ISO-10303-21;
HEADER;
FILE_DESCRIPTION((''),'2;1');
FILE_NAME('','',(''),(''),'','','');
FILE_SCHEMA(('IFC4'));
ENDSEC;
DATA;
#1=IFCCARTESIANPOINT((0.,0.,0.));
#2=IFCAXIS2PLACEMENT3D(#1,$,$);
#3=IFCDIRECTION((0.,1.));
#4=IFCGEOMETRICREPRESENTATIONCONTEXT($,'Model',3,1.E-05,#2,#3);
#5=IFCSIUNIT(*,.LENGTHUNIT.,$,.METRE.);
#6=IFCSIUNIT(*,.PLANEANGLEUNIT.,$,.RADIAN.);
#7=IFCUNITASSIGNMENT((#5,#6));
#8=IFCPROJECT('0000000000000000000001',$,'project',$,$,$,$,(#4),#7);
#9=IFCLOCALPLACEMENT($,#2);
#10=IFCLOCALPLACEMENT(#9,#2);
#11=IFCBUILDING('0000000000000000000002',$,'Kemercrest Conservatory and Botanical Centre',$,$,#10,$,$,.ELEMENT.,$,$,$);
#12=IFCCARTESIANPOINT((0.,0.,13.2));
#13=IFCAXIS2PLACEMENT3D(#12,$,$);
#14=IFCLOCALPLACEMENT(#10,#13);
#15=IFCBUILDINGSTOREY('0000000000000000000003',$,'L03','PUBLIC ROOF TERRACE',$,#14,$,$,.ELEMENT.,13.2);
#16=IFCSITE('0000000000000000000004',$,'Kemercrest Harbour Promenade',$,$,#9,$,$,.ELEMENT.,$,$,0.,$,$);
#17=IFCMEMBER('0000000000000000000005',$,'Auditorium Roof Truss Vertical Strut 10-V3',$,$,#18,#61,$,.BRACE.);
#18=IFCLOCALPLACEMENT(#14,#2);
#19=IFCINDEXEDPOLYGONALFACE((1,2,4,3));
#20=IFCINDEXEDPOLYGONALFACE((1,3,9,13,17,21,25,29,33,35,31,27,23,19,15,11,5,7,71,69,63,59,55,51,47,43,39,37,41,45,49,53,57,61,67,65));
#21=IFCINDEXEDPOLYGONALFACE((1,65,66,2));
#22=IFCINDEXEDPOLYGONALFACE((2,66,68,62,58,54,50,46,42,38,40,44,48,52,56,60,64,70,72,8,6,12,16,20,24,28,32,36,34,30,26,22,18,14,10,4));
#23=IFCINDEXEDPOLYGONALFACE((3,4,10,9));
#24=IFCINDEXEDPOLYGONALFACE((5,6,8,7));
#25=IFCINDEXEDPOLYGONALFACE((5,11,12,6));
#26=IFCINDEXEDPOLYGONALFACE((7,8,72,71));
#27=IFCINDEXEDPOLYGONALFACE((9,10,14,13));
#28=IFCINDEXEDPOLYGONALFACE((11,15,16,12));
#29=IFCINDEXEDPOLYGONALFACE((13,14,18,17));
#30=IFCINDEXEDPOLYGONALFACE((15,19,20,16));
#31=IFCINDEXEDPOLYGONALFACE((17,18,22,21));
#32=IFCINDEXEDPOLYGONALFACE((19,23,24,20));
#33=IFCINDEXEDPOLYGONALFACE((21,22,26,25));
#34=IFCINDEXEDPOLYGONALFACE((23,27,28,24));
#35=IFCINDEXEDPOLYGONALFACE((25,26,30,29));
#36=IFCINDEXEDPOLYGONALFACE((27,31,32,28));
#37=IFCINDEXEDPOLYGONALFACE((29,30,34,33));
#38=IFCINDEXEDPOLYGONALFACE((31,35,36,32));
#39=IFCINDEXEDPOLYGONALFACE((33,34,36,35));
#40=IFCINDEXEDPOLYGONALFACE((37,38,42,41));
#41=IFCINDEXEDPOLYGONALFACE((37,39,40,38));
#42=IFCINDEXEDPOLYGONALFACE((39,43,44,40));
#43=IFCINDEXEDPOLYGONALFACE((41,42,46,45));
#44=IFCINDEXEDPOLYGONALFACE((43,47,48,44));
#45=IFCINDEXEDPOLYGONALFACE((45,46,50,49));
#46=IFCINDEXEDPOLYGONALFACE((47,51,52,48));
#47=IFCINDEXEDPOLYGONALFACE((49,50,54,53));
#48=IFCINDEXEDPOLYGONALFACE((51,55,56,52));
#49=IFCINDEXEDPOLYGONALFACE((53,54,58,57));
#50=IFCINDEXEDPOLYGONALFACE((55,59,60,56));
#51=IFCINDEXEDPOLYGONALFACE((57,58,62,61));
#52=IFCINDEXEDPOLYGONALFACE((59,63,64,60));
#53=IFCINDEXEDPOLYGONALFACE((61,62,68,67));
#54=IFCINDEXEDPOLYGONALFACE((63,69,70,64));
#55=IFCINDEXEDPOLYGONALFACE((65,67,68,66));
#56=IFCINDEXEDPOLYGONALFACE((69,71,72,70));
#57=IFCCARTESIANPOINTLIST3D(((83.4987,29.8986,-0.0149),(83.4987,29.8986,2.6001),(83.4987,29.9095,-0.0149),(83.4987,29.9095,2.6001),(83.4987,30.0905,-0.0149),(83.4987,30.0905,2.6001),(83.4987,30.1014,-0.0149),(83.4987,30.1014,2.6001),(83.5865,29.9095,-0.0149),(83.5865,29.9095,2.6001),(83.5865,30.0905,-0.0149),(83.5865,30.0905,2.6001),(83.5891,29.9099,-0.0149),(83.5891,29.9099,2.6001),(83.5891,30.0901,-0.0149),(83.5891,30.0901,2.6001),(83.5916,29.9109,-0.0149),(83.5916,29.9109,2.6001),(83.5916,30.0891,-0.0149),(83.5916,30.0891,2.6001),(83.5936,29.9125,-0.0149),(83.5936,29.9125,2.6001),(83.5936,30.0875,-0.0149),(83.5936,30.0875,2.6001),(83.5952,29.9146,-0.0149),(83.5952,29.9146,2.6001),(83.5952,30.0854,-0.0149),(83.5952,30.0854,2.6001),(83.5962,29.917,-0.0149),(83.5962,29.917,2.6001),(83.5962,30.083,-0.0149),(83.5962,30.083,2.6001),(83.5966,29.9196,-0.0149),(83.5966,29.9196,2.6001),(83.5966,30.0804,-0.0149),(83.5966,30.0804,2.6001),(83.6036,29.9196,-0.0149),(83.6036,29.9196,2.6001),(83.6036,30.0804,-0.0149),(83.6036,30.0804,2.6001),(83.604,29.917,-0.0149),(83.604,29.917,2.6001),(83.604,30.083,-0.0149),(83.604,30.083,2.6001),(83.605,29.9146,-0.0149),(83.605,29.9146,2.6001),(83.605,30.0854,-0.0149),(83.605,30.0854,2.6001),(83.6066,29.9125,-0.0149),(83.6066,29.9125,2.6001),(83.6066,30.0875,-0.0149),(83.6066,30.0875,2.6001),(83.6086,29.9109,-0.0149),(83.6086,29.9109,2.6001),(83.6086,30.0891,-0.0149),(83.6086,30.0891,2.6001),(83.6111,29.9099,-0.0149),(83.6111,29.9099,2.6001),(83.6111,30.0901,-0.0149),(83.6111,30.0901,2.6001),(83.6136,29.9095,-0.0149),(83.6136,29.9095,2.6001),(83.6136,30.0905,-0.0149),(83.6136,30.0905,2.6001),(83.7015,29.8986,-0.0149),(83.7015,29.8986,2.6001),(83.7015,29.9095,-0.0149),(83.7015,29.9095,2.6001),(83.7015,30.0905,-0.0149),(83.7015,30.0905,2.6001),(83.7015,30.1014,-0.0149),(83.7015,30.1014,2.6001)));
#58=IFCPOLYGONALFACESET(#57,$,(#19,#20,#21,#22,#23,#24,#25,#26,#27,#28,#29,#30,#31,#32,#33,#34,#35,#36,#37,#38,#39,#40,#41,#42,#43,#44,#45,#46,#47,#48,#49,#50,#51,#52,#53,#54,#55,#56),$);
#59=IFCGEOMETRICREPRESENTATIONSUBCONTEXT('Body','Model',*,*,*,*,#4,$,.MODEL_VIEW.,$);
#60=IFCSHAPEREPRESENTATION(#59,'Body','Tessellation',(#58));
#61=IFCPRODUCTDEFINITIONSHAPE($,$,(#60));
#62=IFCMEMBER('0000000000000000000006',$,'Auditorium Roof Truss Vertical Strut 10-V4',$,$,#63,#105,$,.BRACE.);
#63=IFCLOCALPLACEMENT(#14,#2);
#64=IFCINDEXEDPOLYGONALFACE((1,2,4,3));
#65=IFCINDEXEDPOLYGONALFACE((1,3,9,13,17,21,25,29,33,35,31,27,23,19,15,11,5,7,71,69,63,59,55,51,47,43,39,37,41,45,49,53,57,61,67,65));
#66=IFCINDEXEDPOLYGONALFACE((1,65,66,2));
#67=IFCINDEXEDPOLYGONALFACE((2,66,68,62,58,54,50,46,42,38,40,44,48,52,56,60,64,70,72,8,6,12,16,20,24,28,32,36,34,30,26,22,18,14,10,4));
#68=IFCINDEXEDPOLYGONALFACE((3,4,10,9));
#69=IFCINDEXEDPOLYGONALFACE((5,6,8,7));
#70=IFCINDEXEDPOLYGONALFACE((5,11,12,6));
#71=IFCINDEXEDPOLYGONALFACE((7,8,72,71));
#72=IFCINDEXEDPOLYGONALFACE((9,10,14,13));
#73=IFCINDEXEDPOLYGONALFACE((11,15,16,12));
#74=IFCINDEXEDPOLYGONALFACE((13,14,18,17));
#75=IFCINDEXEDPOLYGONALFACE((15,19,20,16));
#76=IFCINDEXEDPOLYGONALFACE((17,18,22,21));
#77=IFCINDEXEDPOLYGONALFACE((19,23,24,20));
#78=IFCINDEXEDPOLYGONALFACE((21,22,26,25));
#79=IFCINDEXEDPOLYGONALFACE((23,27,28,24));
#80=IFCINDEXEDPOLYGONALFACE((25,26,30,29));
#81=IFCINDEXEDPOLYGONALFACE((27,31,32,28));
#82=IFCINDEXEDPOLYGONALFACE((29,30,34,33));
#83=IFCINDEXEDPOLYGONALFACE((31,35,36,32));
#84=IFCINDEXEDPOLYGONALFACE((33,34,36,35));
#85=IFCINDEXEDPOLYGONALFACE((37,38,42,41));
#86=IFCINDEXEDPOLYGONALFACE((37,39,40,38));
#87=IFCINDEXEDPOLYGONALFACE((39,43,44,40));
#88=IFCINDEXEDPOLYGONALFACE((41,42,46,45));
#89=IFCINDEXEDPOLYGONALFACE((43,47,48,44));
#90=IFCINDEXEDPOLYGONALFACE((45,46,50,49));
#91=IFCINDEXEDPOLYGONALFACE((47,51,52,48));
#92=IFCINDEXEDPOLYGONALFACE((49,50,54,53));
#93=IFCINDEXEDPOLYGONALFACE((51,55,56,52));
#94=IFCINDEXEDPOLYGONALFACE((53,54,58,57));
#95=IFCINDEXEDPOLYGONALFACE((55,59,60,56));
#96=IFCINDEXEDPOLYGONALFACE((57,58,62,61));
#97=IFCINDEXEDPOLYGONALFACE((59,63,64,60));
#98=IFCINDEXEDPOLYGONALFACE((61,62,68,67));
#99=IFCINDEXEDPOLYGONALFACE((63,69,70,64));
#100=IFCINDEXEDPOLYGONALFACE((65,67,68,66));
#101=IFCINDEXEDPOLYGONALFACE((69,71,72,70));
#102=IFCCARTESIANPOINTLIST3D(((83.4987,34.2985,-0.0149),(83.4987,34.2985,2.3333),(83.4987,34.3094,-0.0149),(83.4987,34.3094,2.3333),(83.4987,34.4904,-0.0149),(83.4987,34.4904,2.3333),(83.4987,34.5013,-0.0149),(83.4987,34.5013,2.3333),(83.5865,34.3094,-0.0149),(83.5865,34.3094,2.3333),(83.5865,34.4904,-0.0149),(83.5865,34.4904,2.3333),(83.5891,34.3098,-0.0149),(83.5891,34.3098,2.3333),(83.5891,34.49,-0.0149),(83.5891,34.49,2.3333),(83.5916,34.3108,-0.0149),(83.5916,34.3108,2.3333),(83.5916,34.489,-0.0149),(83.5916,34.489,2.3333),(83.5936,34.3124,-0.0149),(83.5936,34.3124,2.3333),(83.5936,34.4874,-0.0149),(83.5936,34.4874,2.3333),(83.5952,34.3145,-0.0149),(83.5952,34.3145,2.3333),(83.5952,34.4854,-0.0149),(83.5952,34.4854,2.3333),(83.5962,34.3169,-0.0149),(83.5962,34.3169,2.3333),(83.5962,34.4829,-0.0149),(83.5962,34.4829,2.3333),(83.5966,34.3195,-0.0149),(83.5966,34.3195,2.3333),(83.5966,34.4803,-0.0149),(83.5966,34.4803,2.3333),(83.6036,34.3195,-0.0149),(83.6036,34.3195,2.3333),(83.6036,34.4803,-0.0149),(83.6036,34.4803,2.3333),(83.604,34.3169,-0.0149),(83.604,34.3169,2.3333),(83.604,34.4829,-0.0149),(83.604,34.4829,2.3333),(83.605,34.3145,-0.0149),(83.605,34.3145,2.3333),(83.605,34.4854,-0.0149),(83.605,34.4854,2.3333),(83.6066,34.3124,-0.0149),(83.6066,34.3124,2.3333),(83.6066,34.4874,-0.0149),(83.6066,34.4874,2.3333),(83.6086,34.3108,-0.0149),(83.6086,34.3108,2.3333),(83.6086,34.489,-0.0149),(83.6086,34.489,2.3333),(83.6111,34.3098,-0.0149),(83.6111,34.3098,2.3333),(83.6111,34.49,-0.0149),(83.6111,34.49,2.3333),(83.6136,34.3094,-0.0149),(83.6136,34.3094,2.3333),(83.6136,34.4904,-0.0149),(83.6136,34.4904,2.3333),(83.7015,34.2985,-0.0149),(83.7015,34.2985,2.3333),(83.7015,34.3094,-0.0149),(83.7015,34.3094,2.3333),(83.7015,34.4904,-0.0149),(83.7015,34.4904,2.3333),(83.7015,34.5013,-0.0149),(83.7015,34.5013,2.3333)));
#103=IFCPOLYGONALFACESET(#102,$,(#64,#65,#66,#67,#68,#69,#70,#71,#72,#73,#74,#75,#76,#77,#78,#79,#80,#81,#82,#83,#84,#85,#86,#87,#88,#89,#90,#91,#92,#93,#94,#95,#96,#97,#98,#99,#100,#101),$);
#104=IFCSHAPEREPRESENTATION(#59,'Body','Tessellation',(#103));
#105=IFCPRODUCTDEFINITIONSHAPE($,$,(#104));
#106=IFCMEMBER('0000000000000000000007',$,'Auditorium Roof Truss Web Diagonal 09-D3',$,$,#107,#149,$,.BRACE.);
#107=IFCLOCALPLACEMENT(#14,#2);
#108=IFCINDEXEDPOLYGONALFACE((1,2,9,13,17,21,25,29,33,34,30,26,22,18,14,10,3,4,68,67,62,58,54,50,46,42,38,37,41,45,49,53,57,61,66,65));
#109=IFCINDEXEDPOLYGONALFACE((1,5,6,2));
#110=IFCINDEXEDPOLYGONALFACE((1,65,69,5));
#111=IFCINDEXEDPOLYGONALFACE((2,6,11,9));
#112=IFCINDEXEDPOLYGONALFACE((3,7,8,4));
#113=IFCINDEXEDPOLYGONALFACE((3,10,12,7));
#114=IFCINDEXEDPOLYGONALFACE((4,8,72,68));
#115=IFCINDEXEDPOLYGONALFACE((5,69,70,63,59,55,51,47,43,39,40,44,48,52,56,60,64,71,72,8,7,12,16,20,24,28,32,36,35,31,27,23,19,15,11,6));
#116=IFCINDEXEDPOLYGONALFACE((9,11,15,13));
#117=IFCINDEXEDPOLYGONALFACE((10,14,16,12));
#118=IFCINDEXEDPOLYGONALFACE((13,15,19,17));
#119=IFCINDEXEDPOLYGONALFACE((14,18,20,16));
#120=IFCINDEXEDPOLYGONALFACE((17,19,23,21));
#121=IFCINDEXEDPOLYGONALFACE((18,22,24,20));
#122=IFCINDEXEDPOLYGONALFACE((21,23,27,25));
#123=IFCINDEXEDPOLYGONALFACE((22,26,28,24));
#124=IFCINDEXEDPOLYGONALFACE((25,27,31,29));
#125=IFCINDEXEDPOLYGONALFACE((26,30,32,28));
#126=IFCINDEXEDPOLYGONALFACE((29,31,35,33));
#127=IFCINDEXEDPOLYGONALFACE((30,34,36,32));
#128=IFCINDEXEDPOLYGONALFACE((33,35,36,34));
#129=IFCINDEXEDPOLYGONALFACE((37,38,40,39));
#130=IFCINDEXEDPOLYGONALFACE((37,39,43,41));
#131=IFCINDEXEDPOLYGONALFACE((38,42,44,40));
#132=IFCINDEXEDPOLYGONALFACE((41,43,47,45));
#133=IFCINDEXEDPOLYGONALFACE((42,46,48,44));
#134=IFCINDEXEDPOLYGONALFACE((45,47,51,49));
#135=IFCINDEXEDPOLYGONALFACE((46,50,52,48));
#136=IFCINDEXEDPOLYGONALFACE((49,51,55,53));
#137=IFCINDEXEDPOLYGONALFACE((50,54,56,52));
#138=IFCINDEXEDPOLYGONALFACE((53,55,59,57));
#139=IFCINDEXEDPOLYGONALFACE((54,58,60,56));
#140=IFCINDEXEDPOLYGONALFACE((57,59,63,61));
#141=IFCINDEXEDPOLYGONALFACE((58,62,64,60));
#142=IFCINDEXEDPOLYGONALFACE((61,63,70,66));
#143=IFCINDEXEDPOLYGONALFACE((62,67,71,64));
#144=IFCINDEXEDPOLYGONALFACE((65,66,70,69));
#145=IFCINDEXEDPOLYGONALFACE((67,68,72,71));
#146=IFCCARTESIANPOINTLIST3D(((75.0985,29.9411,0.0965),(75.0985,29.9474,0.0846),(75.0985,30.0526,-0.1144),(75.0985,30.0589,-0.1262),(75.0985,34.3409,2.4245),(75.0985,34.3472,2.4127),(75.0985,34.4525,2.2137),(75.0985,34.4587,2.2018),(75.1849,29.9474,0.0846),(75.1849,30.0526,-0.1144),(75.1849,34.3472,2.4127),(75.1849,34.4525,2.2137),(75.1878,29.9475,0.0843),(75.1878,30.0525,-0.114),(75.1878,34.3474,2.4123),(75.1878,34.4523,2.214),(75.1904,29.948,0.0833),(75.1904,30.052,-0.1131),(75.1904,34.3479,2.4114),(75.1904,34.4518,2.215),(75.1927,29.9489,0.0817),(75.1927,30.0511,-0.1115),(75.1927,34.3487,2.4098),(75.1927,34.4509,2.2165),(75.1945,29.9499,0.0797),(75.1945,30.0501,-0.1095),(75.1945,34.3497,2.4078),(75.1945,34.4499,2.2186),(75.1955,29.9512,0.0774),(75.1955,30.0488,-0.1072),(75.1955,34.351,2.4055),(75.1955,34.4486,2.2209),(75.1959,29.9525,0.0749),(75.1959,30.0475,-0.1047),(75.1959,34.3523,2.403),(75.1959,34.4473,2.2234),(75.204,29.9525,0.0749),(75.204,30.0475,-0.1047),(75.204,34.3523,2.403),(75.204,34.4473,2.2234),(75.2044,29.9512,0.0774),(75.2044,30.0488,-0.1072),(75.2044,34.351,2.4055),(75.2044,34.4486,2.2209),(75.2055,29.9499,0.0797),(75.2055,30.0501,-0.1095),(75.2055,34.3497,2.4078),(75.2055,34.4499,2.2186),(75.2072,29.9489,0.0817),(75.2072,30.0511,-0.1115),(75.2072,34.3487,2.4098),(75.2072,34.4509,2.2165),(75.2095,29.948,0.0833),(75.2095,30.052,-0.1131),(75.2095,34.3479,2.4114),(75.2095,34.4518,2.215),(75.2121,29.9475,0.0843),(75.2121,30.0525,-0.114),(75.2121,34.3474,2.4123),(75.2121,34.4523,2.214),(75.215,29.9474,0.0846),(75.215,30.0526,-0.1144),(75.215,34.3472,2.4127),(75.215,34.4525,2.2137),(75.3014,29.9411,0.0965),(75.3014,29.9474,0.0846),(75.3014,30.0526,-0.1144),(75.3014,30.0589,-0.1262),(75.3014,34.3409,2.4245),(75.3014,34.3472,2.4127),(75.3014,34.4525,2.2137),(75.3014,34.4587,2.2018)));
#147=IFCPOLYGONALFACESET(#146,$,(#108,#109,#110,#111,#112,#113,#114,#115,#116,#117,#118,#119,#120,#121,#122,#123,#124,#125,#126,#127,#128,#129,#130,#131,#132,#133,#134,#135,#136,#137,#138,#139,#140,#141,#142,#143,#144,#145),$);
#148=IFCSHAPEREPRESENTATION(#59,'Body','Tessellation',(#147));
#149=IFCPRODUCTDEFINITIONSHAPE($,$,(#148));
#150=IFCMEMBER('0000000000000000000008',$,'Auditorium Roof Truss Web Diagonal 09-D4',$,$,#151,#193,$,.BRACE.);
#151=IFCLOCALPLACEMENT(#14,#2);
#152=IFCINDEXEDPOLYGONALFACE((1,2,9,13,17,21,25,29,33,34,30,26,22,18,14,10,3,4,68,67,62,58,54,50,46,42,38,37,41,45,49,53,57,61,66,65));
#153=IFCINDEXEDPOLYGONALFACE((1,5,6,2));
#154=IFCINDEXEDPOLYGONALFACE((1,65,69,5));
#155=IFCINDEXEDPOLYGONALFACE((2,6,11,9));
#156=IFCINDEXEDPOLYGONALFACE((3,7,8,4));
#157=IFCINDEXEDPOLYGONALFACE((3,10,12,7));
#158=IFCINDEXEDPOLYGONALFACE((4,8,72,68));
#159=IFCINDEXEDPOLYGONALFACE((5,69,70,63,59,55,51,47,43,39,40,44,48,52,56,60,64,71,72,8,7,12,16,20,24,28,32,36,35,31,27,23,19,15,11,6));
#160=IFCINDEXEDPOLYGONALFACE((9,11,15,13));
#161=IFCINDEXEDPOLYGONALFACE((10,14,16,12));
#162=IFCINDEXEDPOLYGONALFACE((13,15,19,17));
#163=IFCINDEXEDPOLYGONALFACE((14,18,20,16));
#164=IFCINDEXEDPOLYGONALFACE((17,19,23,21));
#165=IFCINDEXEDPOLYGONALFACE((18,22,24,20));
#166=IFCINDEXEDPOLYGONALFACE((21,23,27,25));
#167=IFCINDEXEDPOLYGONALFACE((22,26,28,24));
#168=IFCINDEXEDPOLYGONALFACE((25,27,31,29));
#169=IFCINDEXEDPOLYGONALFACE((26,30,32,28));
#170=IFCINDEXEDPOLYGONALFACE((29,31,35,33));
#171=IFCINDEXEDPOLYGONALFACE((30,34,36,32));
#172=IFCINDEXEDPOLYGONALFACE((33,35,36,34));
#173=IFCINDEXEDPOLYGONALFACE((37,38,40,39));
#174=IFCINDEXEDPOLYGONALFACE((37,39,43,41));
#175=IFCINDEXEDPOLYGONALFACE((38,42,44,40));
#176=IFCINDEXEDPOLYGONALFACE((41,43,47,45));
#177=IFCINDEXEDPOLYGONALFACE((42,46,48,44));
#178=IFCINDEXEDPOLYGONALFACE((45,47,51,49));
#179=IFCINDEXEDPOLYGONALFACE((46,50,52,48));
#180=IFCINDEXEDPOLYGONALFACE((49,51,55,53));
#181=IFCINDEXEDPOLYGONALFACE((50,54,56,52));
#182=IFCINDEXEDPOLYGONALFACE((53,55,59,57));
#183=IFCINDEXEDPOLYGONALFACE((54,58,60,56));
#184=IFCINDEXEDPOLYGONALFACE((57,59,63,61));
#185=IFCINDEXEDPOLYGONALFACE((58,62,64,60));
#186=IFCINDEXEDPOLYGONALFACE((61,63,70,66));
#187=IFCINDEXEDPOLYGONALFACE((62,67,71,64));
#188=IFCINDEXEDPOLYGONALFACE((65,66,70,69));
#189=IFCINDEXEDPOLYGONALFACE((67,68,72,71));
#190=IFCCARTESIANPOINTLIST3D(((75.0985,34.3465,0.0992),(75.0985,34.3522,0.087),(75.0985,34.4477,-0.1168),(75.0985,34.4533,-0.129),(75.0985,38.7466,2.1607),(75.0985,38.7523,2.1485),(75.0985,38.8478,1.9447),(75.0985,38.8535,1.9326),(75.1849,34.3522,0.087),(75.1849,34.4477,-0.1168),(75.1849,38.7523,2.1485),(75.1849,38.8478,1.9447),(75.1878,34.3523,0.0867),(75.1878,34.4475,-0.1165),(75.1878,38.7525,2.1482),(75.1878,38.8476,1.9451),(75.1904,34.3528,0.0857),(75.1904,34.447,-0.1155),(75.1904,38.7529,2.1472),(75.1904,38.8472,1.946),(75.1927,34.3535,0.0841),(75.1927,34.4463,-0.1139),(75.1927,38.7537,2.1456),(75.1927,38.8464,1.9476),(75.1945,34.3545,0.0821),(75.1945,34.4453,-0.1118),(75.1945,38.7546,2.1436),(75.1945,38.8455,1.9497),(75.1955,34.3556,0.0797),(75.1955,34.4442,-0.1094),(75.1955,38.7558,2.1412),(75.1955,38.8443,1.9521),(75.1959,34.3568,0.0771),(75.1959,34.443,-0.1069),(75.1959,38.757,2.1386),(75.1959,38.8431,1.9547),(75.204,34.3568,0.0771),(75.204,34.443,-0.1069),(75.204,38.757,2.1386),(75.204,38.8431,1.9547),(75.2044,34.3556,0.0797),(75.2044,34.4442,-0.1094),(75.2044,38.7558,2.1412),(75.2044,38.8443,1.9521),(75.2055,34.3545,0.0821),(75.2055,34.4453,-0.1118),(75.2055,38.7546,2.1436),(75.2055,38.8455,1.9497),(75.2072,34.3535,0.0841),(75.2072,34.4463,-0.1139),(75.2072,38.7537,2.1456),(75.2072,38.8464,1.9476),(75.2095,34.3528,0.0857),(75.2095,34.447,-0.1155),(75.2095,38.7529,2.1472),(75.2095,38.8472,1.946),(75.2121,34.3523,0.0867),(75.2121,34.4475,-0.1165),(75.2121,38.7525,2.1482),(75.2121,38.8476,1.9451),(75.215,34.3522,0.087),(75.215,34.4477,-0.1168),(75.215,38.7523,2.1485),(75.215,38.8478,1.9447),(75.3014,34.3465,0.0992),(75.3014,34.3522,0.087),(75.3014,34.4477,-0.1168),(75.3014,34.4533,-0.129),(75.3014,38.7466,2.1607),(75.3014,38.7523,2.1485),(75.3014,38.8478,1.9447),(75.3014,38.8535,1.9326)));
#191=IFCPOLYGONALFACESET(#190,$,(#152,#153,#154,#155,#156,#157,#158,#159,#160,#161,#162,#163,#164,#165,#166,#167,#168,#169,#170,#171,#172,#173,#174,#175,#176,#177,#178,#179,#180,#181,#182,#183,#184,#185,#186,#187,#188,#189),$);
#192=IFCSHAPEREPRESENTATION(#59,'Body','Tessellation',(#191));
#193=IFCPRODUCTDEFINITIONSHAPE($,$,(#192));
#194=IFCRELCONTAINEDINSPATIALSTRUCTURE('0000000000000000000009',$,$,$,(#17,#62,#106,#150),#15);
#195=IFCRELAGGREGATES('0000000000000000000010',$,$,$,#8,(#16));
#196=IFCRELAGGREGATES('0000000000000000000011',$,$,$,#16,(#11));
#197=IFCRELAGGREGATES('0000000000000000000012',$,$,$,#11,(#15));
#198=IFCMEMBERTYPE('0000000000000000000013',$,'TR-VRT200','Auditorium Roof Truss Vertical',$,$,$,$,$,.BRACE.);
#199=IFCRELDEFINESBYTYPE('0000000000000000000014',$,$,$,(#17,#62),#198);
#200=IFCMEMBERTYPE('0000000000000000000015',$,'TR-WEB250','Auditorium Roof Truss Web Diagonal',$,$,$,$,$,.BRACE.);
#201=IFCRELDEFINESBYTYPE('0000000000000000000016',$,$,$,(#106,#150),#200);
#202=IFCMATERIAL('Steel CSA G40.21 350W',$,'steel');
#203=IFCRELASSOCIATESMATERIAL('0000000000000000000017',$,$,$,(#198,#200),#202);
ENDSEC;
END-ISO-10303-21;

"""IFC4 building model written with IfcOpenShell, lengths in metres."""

from ifc_helpers import new_model, si_unit, direction, frame, origin, origin_2d, place, context, subcontext, project, spatial, i_section, extrude, material, material_profile, profile_set, type_object, element, save


model = new_model("IFC4")

# Units and contexts
model_context = context("Model", 3, precision=1e-05, world=origin(), true_north=direction((0.0, 1.0)))
body_context = subcontext(model_context, "Body", "Model", "MODEL_VIEW")
ifc_project = project(units=[si_unit("LENGTHUNIT", "METRE"), si_unit("PLANEANGLEUNIT", "RADIAN")], contexts=[model_context])

# Site, building, storey
site_placement = place(None, origin())
site = spatial("IfcSite", under=ifc_project, at=site_placement, Name="Kemercrest Harbour Promenade", CompositionType="ELEMENT", RefElevation=0.0)
building_placement = place(site_placement, origin())
building = spatial("IfcBuilding", under=site, at=building_placement, Name="Kemercrest Conservatory and Botanical Centre", CompositionType="ELEMENT")
storey_placement = place(building_placement, frame((0.0, 0.0, 13.2)))
storey = spatial("IfcBuildingStorey", under=building, at=storey_placement, Name="L03", Description="PUBLIC ROOF TERRACE", CompositionType="ELEMENT", Elevation=13.2)

# Members
ifc_material = material(Name="Steel CSA G40.21 350W", Category="steel")
ifc_material_profile_1 = material_profile(ifc_material, i_section(OverallWidth=0.2029, OverallDepth=0.2029, WebThickness=0.0071, FlangeThickness=0.011, FilletRadius=0.01, at=origin_2d()), Name="W200X46")
ifc_profile_set_1 = profile_set([ifc_material_profile_1], Name="Steel CSA G40.21 350W")
member_type_1 = type_object("IfcMemberType", Name="TR-VRT200", Description="Auditorium Roof Truss Vertical", PredefinedType="BRACE", material=ifc_profile_set_1)
member_1_placement = place(storey_placement, frame((83.6001, 30.0, -0.0149), z_axis=(0.0, 0.0, 1.0), x_axis=(1.0, 0.0, 0.0)))
element("IfcMember", 1, at=member_1_placement, inside=storey, type_object=member_type_1, Name="Auditorium Roof Truss Vertical Strut 10-V3", PredefinedType="BRACE", context=body_context, shape_type="SweptSolid", body=[
    extrude(i_section(OverallWidth=0.2029, OverallDepth=0.2029, WebThickness=0.0071, FlangeThickness=0.011, FilletRadius=0.01, at=origin_2d()), origin(), (0.0, 0.0, 1.0), 2.615),
])
member_2_placement = place(storey_placement, frame((83.6001, 34.3999, -0.0149), z_axis=(0.0, 0.0, 1.0), x_axis=(1.0, 0.0, 0.0)))
element("IfcMember", 2, at=member_2_placement, inside=storey, type_object=member_type_1, Name="Auditorium Roof Truss Vertical Strut 10-V4", PredefinedType="BRACE", context=body_context, shape_type="SweptSolid", body=[
    extrude(i_section(OverallWidth=0.2029, OverallDepth=0.2029, WebThickness=0.0071, FlangeThickness=0.011, FilletRadius=0.01, at=origin_2d()), origin(), (0.0, 0.0, 1.0), 2.3481),
])
ifc_material_profile_2 = material_profile(ifc_material, i_section(OverallWidth=0.2029, OverallDepth=0.252, WebThickness=0.0081, FlangeThickness=0.0134, FilletRadius=0.011, at=origin_2d()), Name="W250X58")
ifc_profile_set_2 = profile_set([ifc_material_profile_2], Name="Steel CSA G40.21 350W")
member_type_2 = type_object("IfcMemberType", Name="TR-WEB250", Description="Auditorium Roof Truss Web Diagonal", PredefinedType="BRACE", material=ifc_profile_set_2)
member_3_placement = place(storey_placement, frame((75.2, 30.0, -0.0149), z_axis=(0.0, 0.88389, 0.467694), x_axis=(-1.0, 0.0, 0.0)))
element("IfcMember", 3, at=member_3_placement, inside=storey, type_object=member_type_2, Name="Auditorium Roof Truss Web Diagonal 09-D3", PredefinedType="BRACE", context=body_context, shape_type="SweptSolid", body=[
    extrude(i_section(OverallWidth=0.2029, OverallDepth=0.252, WebThickness=0.0081, FlangeThickness=0.0134, FilletRadius=0.011, at=origin_2d()), origin(), (0.0, 0.0, 1.0), 4.9778),
])
member_4_placement = place(storey_placement, frame((75.2, 34.3999, -0.0149), z_axis=(0.0, 0.905542, 0.424258), x_axis=(-1.0, 0.0, 0.0)))
element("IfcMember", 4, at=member_4_placement, inside=storey, type_object=member_type_2, Name="Auditorium Roof Truss Web Diagonal 09-D4", PredefinedType="BRACE", context=body_context, shape_type="SweptSolid", body=[
    extrude(i_section(OverallWidth=0.2029, OverallDepth=0.252, WebThickness=0.0081, FlangeThickness=0.0134, FilletRadius=0.011, at=origin_2d()), origin(), (0.0, 0.0, 1.0), 4.8591),
])

save(model, "model.ifc")
